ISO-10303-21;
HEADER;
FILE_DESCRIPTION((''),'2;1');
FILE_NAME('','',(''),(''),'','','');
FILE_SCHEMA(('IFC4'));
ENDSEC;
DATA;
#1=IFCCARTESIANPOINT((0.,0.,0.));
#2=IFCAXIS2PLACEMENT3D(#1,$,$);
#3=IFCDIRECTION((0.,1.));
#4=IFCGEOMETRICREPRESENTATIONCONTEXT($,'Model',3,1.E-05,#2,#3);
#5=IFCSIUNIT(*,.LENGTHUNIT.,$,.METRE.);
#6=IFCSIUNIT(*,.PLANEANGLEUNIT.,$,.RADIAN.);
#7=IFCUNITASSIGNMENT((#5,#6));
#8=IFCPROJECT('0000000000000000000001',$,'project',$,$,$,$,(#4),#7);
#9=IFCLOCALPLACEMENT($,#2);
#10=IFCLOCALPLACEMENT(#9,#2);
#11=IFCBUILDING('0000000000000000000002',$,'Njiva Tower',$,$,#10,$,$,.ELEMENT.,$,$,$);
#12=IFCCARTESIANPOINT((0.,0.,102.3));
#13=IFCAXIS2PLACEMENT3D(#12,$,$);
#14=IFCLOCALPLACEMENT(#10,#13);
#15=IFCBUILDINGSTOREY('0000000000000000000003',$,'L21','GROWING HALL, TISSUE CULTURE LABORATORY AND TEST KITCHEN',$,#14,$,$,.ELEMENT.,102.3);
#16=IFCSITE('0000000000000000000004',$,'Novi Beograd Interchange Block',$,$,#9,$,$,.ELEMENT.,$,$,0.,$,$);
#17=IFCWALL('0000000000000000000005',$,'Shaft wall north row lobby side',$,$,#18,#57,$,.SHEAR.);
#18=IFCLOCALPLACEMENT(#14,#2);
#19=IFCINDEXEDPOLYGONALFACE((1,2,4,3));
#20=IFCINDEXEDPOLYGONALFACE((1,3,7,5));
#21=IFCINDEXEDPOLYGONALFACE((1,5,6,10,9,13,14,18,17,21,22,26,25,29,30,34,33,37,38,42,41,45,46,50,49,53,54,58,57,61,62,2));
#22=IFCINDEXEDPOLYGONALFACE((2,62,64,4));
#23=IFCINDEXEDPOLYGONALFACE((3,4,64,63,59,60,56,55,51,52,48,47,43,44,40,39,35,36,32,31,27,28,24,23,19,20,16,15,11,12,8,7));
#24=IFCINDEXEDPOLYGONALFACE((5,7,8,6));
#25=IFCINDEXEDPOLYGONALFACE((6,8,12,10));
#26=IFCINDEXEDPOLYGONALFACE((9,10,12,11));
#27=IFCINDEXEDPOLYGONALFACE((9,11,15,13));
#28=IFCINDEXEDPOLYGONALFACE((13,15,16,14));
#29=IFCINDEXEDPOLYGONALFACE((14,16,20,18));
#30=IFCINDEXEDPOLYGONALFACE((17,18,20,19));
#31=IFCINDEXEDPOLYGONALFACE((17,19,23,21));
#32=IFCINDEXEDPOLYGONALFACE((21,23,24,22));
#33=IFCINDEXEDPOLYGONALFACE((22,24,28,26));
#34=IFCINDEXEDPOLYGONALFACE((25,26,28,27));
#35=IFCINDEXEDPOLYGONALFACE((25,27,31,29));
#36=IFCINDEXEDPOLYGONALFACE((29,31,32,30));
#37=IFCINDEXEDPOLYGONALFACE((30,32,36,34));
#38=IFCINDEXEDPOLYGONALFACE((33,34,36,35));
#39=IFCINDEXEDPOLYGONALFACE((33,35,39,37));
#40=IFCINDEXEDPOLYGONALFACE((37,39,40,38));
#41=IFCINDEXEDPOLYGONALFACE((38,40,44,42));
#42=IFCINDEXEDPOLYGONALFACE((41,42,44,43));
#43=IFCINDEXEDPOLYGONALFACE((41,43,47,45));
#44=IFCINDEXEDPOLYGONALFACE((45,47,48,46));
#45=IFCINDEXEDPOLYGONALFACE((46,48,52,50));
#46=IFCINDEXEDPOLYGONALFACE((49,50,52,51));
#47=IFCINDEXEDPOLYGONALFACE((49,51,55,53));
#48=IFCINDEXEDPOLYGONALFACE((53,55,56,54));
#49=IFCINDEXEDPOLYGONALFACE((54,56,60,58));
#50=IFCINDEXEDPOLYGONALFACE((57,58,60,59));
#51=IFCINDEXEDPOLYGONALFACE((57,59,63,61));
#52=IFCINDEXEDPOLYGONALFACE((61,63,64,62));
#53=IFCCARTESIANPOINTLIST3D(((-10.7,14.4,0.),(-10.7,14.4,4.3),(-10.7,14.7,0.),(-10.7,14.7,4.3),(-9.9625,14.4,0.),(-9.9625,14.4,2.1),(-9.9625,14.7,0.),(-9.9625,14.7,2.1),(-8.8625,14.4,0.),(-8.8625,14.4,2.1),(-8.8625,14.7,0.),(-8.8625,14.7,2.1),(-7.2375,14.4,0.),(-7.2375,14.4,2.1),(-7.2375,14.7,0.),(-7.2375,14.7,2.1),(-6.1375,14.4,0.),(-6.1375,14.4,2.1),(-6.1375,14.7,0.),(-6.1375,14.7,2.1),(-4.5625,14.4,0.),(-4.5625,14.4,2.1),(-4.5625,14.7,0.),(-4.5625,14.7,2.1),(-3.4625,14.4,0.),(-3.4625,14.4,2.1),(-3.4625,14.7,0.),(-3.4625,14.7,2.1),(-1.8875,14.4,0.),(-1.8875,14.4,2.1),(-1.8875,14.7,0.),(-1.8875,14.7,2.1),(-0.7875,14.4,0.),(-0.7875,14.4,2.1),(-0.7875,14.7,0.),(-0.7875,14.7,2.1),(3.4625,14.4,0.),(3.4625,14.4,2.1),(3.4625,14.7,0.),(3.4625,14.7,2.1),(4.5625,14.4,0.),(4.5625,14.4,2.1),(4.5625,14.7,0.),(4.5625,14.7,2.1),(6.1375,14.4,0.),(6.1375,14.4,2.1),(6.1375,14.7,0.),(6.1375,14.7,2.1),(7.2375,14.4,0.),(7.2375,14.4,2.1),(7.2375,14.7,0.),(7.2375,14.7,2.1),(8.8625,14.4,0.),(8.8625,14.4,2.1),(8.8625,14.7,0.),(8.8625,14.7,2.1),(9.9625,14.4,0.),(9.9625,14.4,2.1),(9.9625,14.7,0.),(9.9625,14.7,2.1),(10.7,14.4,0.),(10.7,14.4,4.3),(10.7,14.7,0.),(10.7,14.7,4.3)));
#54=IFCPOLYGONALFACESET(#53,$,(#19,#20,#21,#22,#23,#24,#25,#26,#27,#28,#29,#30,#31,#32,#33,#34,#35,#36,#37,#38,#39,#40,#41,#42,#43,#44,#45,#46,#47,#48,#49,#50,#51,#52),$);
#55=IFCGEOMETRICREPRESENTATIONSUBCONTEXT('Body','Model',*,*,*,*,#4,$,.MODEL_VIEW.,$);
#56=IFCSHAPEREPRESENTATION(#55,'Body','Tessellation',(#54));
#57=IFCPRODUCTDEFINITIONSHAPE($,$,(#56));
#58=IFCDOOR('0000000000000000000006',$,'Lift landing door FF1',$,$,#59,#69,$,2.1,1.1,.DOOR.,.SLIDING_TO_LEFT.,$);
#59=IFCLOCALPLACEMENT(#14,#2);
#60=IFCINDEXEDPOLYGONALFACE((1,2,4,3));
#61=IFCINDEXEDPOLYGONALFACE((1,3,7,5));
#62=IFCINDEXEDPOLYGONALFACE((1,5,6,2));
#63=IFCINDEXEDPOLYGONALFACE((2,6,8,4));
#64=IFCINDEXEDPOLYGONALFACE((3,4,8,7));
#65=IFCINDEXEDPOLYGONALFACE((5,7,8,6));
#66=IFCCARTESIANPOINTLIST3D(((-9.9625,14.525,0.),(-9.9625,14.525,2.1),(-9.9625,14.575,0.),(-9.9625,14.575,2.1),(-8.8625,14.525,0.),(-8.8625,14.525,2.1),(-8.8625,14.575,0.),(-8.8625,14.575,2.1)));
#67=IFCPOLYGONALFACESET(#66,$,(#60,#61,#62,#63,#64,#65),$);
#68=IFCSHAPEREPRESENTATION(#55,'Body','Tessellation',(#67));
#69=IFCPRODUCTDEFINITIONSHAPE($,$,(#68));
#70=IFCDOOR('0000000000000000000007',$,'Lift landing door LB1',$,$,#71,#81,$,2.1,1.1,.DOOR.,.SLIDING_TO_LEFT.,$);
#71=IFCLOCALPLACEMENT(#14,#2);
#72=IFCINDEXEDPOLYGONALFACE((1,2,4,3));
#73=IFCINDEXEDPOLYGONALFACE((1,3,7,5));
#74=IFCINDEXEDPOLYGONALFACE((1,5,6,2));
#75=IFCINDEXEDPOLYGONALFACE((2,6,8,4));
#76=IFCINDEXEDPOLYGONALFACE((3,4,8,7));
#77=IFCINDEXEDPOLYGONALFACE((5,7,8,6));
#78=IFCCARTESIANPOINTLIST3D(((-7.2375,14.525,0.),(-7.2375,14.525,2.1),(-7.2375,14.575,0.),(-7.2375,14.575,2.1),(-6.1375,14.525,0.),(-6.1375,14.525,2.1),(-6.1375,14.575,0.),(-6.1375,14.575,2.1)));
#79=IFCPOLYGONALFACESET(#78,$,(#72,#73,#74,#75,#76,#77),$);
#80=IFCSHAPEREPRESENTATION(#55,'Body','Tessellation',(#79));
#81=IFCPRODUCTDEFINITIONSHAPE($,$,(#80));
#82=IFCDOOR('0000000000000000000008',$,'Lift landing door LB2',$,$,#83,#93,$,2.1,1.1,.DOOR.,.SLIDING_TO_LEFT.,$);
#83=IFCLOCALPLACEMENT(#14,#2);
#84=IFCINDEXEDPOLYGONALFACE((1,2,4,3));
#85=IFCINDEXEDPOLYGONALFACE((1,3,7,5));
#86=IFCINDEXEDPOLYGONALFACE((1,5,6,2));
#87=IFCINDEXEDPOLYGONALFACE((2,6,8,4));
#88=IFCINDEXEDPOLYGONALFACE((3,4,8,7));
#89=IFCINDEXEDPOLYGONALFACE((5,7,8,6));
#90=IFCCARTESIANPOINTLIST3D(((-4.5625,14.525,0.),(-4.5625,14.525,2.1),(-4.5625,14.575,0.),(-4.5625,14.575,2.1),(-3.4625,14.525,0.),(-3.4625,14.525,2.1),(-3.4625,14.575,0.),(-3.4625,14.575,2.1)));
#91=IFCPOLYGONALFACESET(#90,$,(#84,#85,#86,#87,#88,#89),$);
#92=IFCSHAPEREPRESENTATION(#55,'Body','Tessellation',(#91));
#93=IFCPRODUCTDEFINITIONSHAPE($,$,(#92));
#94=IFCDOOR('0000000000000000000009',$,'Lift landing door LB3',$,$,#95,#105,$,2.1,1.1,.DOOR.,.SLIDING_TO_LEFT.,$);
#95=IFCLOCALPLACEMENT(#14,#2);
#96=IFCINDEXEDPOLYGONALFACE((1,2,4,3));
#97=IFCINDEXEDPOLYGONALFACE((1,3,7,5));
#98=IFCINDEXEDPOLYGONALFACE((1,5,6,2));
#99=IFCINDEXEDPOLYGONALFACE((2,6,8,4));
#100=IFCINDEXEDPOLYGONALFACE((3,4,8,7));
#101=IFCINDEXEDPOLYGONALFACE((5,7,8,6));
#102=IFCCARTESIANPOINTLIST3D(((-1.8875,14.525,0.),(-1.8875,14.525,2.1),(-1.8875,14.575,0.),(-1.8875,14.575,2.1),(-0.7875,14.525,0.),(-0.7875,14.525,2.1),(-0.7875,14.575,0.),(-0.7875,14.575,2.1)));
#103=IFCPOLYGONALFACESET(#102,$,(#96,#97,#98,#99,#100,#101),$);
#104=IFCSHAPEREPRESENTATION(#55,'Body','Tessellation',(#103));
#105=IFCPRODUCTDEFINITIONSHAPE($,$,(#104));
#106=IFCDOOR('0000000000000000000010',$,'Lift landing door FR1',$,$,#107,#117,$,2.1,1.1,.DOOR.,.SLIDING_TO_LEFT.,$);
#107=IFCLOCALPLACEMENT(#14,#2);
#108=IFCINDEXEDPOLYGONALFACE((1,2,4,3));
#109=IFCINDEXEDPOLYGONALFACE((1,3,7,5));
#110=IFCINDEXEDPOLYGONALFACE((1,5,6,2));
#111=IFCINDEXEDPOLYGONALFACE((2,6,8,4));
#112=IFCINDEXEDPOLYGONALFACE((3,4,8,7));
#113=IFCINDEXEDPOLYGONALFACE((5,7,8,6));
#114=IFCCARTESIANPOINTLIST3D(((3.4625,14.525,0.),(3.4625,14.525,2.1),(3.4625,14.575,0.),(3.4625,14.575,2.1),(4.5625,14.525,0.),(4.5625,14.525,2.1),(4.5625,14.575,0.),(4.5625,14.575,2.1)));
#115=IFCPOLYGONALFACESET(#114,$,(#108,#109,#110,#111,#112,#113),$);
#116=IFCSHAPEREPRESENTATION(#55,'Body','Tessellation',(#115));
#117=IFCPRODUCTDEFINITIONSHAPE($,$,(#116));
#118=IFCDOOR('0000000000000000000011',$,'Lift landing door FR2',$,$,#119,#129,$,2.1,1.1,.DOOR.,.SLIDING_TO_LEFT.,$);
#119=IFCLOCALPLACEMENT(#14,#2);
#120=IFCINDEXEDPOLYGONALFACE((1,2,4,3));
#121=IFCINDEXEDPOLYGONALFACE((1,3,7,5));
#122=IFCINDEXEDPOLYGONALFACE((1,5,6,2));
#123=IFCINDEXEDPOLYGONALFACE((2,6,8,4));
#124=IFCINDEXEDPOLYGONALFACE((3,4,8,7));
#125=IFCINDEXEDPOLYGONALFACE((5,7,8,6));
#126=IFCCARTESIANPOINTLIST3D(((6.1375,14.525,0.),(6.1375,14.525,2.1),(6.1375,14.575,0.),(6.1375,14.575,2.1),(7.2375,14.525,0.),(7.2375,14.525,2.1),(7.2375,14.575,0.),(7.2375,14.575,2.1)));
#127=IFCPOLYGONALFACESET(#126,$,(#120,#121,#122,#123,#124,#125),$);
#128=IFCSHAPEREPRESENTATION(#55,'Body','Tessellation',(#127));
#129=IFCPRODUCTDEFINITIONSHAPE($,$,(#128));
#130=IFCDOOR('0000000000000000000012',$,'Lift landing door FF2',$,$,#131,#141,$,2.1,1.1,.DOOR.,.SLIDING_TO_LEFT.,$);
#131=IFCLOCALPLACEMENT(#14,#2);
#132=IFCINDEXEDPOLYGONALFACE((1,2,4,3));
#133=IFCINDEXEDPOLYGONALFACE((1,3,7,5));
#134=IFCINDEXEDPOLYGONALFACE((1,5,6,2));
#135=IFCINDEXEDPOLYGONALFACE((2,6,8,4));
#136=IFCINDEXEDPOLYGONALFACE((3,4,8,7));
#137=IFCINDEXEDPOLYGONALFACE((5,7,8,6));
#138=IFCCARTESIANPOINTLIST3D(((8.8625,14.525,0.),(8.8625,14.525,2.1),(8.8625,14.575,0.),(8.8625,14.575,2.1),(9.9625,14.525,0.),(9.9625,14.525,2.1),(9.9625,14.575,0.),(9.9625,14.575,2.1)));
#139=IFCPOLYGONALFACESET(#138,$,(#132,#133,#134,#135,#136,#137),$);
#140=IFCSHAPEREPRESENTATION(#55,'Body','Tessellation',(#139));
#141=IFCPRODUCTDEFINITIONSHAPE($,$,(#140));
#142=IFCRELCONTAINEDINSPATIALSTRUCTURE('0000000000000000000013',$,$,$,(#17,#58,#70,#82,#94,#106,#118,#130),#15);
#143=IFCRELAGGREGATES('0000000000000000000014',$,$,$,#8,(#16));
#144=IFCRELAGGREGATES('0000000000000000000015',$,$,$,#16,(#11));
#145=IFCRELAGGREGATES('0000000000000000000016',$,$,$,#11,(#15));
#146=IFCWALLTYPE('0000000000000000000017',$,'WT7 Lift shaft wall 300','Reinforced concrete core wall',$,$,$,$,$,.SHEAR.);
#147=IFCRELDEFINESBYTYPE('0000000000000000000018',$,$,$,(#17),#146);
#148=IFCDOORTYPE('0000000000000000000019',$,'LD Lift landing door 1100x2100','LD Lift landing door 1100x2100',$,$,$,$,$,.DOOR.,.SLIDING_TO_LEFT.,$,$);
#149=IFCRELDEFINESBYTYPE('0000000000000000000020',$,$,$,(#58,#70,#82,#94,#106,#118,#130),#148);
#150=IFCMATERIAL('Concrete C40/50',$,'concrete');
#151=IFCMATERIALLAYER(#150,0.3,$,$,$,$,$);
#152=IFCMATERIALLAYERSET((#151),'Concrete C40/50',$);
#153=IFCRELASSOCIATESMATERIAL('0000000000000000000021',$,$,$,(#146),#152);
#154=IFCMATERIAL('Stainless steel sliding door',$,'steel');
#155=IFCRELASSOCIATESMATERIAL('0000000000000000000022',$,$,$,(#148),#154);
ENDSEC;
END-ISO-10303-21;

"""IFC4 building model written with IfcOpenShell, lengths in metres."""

from ifc_helpers import new_model, si_unit, direction, frame, frame_2d, origin, place, context, subcontext, project, spatial, rectangle, extrude, material, layer, layer_set, type_object, element, fill, save


model = new_model("IFC4")

# Units and contexts
model_context = context("Model", 3, precision=1e-05, world=origin(), true_north=direction((0.0, 1.0)))
body_context = subcontext(model_context, "Body", "Model", "MODEL_VIEW")
ifc_project = project(units=[si_unit("LENGTHUNIT", "METRE"), si_unit("PLANEANGLEUNIT", "RADIAN")], contexts=[model_context])

# Site, building, storey
site_placement = place(None, origin())
site = spatial("IfcSite", under=ifc_project, at=site_placement, Name="Novi Beograd Interchange Block", CompositionType="ELEMENT", RefElevation=0.0)
building_placement = place(site_placement, origin())
building = spatial("IfcBuilding", under=site, at=building_placement, Name="Njiva Tower", CompositionType="ELEMENT")
storey_placement = place(building_placement, frame((0.0, 0.0, 102.3)))
storey = spatial("IfcBuildingStorey", under=building, at=storey_placement, Name="L21", Description="GROWING HALL, TISSUE CULTURE LABORATORY AND TEST KITCHEN", CompositionType="ELEMENT", Elevation=102.3)

# Shared definitions
ifc_material_1 = material(Name="Concrete C40/50", Category="concrete")

# Wall, openings, doors
ifc_layer_1 = layer(ifc_material_1, 0.3)
ifc_layer_set_1 = layer_set([ifc_layer_1], Name="Concrete C40/50")
wall_type_1 = type_object("IfcWallType", Name="WT7 Lift shaft wall 300", Description="Reinforced concrete core wall", PredefinedType="SHEAR", material=ifc_layer_set_1)
wall_1_placement = place(storey_placement, frame((-10.7, 14.55, 0.0), z_axis=(0.0, 0.0, 1.0), x_axis=(1.0, 0.0, 0.0)))
wall_1 = element("IfcWall", 1, at=wall_1_placement, inside=storey, type_object=wall_type_1, Name="Shaft wall north row lobby side", PredefinedType="SHEAR", context=body_context, shape_type="SweptSolid", body=[
    extrude(rectangle(XDim=21.4, YDim=0.3, at=frame_2d((10.7, 0.0))), origin(), (0.0, 0.0, 1.0), 4.3),
])
opening_1_placement = place(wall_1_placement, frame((0.7375, 0.0, 0.0)))
opening_1 = element("IfcOpeningElement", 2, at=opening_1_placement, cuts=wall_1, PredefinedType="OPENING", context=body_context, shape_type="SweptSolid", body=[
    extrude(rectangle(XDim=1.1, YDim=2.1, at=frame_2d((0.55, 1.05))), frame((0.0, 0.16, 0.0), z_axis=(0.0, -1.0, 0.0), x_axis=(1.0, 0.0, 0.0)), (0.0, 0.0, 1.0), 0.32),
])
opening_2_placement = place(wall_1_placement, frame((3.4625, 0.0, 0.0)))
opening_2 = element("IfcOpeningElement", 3, at=opening_2_placement, cuts=wall_1, PredefinedType="OPENING", context=body_context, shape_type="SweptSolid", body=[
    extrude(rectangle(XDim=1.1, YDim=2.1, at=frame_2d((0.55, 1.05))), frame((0.0, 0.16, 0.0), z_axis=(0.0, -1.0, 0.0), x_axis=(1.0, 0.0, 0.0)), (0.0, 0.0, 1.0), 0.32),
])
opening_3_placement = place(wall_1_placement, frame((6.1375, 0.0, 0.0)))
opening_3 = element("IfcOpeningElement", 4, at=opening_3_placement, cuts=wall_1, PredefinedType="OPENING", context=body_context, shape_type="SweptSolid", body=[
    extrude(rectangle(XDim=1.1, YDim=2.1, at=frame_2d((0.55, 1.05))), frame((0.0, 0.16, 0.0), z_axis=(0.0, -1.0, 0.0), x_axis=(1.0, 0.0, 0.0)), (0.0, 0.0, 1.0), 0.32),
])
opening_4_placement = place(wall_1_placement, frame((8.8125, 0.0, 0.0)))
opening_4 = element("IfcOpeningElement", 5, at=opening_4_placement, cuts=wall_1, PredefinedType="OPENING", context=body_context, shape_type="SweptSolid", body=[
    extrude(rectangle(XDim=1.1, YDim=2.1, at=frame_2d((0.55, 1.05))), frame((0.0, 0.16, 0.0), z_axis=(0.0, -1.0, 0.0), x_axis=(1.0, 0.0, 0.0)), (0.0, 0.0, 1.0), 0.32),
])
opening_5_placement = place(wall_1_placement, frame((14.1625, 0.0, 0.0)))
opening_5 = element("IfcOpeningElement", 6, at=opening_5_placement, cuts=wall_1, PredefinedType="OPENING", context=body_context, shape_type="SweptSolid", body=[
    extrude(rectangle(XDim=1.1, YDim=2.1, at=frame_2d((0.55, 1.05))), frame((0.0, 0.16, 0.0), z_axis=(0.0, -1.0, 0.0), x_axis=(1.0, 0.0, 0.0)), (0.0, 0.0, 1.0), 0.32),
])
opening_6_placement = place(wall_1_placement, frame((16.8375, 0.0, 0.0)))
opening_6 = element("IfcOpeningElement", 7, at=opening_6_placement, cuts=wall_1, PredefinedType="OPENING", context=body_context, shape_type="SweptSolid", body=[
    extrude(rectangle(XDim=1.1, YDim=2.1, at=frame_2d((0.55, 1.05))), frame((0.0, 0.16, 0.0), z_axis=(0.0, -1.0, 0.0), x_axis=(1.0, 0.0, 0.0)), (0.0, 0.0, 1.0), 0.32),
])
opening_7_placement = place(wall_1_placement, frame((19.5625, 0.0, 0.0)))
opening_7 = element("IfcOpeningElement", 8, at=opening_7_placement, cuts=wall_1, PredefinedType="OPENING", context=body_context, shape_type="SweptSolid", body=[
    extrude(rectangle(XDim=1.1, YDim=2.1, at=frame_2d((0.55, 1.05))), frame((0.0, 0.16, 0.0), z_axis=(0.0, -1.0, 0.0), x_axis=(1.0, 0.0, 0.0)), (0.0, 0.0, 1.0), 0.32),
])
ifc_material_2 = material(Name="Stainless steel sliding door", Category="steel")
door_type_1 = type_object("IfcDoorType", Name="LD Lift landing door 1100x2100", Description="LD Lift landing door 1100x2100", OperationType="SLIDING_TO_LEFT", PredefinedType="DOOR", material=ifc_material_2)
door_1_placement = place(opening_1_placement, origin())
door_1 = element("IfcDoor", 9, at=door_1_placement, inside=storey, type_object=door_type_1, Name="Lift landing door FF1", OperationType="SLIDING_TO_LEFT", OverallHeight=2.1, OverallWidth=1.1, PredefinedType="DOOR", context=body_context, shape_type="SweptSolid", body=[
    extrude(rectangle(XDim=1.1, YDim=2.1, at=frame_2d((0.55, 1.05))), frame((0.0, 0.025, 0.0), z_axis=(0.0, -1.0, 0.0), x_axis=(1.0, 0.0, 0.0)), (0.0, 0.0, 1.0), 0.05),
])
fill(opening_1, door_1)
door_2_placement = place(opening_2_placement, origin())
door_2 = element("IfcDoor", 10, at=door_2_placement, inside=storey, type_object=door_type_1, Name="Lift landing door LB1", OperationType="SLIDING_TO_LEFT", OverallHeight=2.1, OverallWidth=1.1, PredefinedType="DOOR", context=body_context, shape_type="SweptSolid", body=[
    extrude(rectangle(XDim=1.1, YDim=2.1, at=frame_2d((0.55, 1.05))), frame((0.0, 0.025, 0.0), z_axis=(0.0, -1.0, 0.0), x_axis=(1.0, 0.0, 0.0)), (0.0, 0.0, 1.0), 0.05),
])
fill(opening_2, door_2)
door_3_placement = place(opening_3_placement, origin())
door_3 = element("IfcDoor", 11, at=door_3_placement, inside=storey, type_object=door_type_1, Name="Lift landing door LB2", OperationType="SLIDING_TO_LEFT", OverallHeight=2.1, OverallWidth=1.1, PredefinedType="DOOR", context=body_context, shape_type="SweptSolid", body=[
    extrude(rectangle(XDim=1.1, YDim=2.1, at=frame_2d((0.55, 1.05))), frame((0.0, 0.025, 0.0), z_axis=(0.0, -1.0, 0.0), x_axis=(1.0, 0.0, 0.0)), (0.0, 0.0, 1.0), 0.05),
])
fill(opening_3, door_3)
door_4_placement = place(opening_4_placement, origin())
door_4 = element("IfcDoor", 12, at=door_4_placement, inside=storey, type_object=door_type_1, Name="Lift landing door LB3", OperationType="SLIDING_TO_LEFT", OverallHeight=2.1, OverallWidth=1.1, PredefinedType="DOOR", context=body_context, shape_type="SweptSolid", body=[
    extrude(rectangle(XDim=1.1, YDim=2.1, at=frame_2d((0.55, 1.05))), frame((0.0, 0.025, 0.0), z_axis=(0.0, -1.0, 0.0), x_axis=(1.0, 0.0, 0.0)), (0.0, 0.0, 1.0), 0.05),
])
fill(opening_4, door_4)
door_5_placement = place(opening_5_placement, origin())
door_5 = element("IfcDoor", 13, at=door_5_placement, inside=storey, type_object=door_type_1, Name="Lift landing door FR1", OperationType="SLIDING_TO_LEFT", OverallHeight=2.1, OverallWidth=1.1, PredefinedType="DOOR", context=body_context, shape_type="SweptSolid", body=[
    extrude(rectangle(XDim=1.1, YDim=2.1, at=frame_2d((0.55, 1.05))), frame((0.0, 0.025, 0.0), z_axis=(0.0, -1.0, 0.0), x_axis=(1.0, 0.0, 0.0)), (0.0, 0.0, 1.0), 0.05),
])
fill(opening_5, door_5)
door_6_placement = place(opening_6_placement, origin())
door_6 = element("IfcDoor", 14, at=door_6_placement, inside=storey, type_object=door_type_1, Name="Lift landing door FR2", OperationType="SLIDING_TO_LEFT", OverallHeight=2.1, OverallWidth=1.1, PredefinedType="DOOR", context=body_context, shape_type="SweptSolid", body=[
    extrude(rectangle(XDim=1.1, YDim=2.1, at=frame_2d((0.55, 1.05))), frame((0.0, 0.025, 0.0), z_axis=(0.0, -1.0, 0.0), x_axis=(1.0, 0.0, 0.0)), (0.0, 0.0, 1.0), 0.05),
])
fill(opening_6, door_6)
door_7_placement = place(opening_7_placement, origin())
door_7 = element("IfcDoor", 15, at=door_7_placement, inside=storey, type_object=door_type_1, Name="Lift landing door FF2", OperationType="SLIDING_TO_LEFT", OverallHeight=2.1, OverallWidth=1.1, PredefinedType="DOOR", context=body_context, shape_type="SweptSolid", body=[
    extrude(rectangle(XDim=1.1, YDim=2.1, at=frame_2d((0.55, 1.05))), frame((0.0, 0.025, 0.0), z_axis=(0.0, -1.0, 0.0), x_axis=(1.0, 0.0, 0.0)), (0.0, 0.0, 1.0), 0.05),
])
fill(opening_7, door_7)

save(model, "model.ifc")
